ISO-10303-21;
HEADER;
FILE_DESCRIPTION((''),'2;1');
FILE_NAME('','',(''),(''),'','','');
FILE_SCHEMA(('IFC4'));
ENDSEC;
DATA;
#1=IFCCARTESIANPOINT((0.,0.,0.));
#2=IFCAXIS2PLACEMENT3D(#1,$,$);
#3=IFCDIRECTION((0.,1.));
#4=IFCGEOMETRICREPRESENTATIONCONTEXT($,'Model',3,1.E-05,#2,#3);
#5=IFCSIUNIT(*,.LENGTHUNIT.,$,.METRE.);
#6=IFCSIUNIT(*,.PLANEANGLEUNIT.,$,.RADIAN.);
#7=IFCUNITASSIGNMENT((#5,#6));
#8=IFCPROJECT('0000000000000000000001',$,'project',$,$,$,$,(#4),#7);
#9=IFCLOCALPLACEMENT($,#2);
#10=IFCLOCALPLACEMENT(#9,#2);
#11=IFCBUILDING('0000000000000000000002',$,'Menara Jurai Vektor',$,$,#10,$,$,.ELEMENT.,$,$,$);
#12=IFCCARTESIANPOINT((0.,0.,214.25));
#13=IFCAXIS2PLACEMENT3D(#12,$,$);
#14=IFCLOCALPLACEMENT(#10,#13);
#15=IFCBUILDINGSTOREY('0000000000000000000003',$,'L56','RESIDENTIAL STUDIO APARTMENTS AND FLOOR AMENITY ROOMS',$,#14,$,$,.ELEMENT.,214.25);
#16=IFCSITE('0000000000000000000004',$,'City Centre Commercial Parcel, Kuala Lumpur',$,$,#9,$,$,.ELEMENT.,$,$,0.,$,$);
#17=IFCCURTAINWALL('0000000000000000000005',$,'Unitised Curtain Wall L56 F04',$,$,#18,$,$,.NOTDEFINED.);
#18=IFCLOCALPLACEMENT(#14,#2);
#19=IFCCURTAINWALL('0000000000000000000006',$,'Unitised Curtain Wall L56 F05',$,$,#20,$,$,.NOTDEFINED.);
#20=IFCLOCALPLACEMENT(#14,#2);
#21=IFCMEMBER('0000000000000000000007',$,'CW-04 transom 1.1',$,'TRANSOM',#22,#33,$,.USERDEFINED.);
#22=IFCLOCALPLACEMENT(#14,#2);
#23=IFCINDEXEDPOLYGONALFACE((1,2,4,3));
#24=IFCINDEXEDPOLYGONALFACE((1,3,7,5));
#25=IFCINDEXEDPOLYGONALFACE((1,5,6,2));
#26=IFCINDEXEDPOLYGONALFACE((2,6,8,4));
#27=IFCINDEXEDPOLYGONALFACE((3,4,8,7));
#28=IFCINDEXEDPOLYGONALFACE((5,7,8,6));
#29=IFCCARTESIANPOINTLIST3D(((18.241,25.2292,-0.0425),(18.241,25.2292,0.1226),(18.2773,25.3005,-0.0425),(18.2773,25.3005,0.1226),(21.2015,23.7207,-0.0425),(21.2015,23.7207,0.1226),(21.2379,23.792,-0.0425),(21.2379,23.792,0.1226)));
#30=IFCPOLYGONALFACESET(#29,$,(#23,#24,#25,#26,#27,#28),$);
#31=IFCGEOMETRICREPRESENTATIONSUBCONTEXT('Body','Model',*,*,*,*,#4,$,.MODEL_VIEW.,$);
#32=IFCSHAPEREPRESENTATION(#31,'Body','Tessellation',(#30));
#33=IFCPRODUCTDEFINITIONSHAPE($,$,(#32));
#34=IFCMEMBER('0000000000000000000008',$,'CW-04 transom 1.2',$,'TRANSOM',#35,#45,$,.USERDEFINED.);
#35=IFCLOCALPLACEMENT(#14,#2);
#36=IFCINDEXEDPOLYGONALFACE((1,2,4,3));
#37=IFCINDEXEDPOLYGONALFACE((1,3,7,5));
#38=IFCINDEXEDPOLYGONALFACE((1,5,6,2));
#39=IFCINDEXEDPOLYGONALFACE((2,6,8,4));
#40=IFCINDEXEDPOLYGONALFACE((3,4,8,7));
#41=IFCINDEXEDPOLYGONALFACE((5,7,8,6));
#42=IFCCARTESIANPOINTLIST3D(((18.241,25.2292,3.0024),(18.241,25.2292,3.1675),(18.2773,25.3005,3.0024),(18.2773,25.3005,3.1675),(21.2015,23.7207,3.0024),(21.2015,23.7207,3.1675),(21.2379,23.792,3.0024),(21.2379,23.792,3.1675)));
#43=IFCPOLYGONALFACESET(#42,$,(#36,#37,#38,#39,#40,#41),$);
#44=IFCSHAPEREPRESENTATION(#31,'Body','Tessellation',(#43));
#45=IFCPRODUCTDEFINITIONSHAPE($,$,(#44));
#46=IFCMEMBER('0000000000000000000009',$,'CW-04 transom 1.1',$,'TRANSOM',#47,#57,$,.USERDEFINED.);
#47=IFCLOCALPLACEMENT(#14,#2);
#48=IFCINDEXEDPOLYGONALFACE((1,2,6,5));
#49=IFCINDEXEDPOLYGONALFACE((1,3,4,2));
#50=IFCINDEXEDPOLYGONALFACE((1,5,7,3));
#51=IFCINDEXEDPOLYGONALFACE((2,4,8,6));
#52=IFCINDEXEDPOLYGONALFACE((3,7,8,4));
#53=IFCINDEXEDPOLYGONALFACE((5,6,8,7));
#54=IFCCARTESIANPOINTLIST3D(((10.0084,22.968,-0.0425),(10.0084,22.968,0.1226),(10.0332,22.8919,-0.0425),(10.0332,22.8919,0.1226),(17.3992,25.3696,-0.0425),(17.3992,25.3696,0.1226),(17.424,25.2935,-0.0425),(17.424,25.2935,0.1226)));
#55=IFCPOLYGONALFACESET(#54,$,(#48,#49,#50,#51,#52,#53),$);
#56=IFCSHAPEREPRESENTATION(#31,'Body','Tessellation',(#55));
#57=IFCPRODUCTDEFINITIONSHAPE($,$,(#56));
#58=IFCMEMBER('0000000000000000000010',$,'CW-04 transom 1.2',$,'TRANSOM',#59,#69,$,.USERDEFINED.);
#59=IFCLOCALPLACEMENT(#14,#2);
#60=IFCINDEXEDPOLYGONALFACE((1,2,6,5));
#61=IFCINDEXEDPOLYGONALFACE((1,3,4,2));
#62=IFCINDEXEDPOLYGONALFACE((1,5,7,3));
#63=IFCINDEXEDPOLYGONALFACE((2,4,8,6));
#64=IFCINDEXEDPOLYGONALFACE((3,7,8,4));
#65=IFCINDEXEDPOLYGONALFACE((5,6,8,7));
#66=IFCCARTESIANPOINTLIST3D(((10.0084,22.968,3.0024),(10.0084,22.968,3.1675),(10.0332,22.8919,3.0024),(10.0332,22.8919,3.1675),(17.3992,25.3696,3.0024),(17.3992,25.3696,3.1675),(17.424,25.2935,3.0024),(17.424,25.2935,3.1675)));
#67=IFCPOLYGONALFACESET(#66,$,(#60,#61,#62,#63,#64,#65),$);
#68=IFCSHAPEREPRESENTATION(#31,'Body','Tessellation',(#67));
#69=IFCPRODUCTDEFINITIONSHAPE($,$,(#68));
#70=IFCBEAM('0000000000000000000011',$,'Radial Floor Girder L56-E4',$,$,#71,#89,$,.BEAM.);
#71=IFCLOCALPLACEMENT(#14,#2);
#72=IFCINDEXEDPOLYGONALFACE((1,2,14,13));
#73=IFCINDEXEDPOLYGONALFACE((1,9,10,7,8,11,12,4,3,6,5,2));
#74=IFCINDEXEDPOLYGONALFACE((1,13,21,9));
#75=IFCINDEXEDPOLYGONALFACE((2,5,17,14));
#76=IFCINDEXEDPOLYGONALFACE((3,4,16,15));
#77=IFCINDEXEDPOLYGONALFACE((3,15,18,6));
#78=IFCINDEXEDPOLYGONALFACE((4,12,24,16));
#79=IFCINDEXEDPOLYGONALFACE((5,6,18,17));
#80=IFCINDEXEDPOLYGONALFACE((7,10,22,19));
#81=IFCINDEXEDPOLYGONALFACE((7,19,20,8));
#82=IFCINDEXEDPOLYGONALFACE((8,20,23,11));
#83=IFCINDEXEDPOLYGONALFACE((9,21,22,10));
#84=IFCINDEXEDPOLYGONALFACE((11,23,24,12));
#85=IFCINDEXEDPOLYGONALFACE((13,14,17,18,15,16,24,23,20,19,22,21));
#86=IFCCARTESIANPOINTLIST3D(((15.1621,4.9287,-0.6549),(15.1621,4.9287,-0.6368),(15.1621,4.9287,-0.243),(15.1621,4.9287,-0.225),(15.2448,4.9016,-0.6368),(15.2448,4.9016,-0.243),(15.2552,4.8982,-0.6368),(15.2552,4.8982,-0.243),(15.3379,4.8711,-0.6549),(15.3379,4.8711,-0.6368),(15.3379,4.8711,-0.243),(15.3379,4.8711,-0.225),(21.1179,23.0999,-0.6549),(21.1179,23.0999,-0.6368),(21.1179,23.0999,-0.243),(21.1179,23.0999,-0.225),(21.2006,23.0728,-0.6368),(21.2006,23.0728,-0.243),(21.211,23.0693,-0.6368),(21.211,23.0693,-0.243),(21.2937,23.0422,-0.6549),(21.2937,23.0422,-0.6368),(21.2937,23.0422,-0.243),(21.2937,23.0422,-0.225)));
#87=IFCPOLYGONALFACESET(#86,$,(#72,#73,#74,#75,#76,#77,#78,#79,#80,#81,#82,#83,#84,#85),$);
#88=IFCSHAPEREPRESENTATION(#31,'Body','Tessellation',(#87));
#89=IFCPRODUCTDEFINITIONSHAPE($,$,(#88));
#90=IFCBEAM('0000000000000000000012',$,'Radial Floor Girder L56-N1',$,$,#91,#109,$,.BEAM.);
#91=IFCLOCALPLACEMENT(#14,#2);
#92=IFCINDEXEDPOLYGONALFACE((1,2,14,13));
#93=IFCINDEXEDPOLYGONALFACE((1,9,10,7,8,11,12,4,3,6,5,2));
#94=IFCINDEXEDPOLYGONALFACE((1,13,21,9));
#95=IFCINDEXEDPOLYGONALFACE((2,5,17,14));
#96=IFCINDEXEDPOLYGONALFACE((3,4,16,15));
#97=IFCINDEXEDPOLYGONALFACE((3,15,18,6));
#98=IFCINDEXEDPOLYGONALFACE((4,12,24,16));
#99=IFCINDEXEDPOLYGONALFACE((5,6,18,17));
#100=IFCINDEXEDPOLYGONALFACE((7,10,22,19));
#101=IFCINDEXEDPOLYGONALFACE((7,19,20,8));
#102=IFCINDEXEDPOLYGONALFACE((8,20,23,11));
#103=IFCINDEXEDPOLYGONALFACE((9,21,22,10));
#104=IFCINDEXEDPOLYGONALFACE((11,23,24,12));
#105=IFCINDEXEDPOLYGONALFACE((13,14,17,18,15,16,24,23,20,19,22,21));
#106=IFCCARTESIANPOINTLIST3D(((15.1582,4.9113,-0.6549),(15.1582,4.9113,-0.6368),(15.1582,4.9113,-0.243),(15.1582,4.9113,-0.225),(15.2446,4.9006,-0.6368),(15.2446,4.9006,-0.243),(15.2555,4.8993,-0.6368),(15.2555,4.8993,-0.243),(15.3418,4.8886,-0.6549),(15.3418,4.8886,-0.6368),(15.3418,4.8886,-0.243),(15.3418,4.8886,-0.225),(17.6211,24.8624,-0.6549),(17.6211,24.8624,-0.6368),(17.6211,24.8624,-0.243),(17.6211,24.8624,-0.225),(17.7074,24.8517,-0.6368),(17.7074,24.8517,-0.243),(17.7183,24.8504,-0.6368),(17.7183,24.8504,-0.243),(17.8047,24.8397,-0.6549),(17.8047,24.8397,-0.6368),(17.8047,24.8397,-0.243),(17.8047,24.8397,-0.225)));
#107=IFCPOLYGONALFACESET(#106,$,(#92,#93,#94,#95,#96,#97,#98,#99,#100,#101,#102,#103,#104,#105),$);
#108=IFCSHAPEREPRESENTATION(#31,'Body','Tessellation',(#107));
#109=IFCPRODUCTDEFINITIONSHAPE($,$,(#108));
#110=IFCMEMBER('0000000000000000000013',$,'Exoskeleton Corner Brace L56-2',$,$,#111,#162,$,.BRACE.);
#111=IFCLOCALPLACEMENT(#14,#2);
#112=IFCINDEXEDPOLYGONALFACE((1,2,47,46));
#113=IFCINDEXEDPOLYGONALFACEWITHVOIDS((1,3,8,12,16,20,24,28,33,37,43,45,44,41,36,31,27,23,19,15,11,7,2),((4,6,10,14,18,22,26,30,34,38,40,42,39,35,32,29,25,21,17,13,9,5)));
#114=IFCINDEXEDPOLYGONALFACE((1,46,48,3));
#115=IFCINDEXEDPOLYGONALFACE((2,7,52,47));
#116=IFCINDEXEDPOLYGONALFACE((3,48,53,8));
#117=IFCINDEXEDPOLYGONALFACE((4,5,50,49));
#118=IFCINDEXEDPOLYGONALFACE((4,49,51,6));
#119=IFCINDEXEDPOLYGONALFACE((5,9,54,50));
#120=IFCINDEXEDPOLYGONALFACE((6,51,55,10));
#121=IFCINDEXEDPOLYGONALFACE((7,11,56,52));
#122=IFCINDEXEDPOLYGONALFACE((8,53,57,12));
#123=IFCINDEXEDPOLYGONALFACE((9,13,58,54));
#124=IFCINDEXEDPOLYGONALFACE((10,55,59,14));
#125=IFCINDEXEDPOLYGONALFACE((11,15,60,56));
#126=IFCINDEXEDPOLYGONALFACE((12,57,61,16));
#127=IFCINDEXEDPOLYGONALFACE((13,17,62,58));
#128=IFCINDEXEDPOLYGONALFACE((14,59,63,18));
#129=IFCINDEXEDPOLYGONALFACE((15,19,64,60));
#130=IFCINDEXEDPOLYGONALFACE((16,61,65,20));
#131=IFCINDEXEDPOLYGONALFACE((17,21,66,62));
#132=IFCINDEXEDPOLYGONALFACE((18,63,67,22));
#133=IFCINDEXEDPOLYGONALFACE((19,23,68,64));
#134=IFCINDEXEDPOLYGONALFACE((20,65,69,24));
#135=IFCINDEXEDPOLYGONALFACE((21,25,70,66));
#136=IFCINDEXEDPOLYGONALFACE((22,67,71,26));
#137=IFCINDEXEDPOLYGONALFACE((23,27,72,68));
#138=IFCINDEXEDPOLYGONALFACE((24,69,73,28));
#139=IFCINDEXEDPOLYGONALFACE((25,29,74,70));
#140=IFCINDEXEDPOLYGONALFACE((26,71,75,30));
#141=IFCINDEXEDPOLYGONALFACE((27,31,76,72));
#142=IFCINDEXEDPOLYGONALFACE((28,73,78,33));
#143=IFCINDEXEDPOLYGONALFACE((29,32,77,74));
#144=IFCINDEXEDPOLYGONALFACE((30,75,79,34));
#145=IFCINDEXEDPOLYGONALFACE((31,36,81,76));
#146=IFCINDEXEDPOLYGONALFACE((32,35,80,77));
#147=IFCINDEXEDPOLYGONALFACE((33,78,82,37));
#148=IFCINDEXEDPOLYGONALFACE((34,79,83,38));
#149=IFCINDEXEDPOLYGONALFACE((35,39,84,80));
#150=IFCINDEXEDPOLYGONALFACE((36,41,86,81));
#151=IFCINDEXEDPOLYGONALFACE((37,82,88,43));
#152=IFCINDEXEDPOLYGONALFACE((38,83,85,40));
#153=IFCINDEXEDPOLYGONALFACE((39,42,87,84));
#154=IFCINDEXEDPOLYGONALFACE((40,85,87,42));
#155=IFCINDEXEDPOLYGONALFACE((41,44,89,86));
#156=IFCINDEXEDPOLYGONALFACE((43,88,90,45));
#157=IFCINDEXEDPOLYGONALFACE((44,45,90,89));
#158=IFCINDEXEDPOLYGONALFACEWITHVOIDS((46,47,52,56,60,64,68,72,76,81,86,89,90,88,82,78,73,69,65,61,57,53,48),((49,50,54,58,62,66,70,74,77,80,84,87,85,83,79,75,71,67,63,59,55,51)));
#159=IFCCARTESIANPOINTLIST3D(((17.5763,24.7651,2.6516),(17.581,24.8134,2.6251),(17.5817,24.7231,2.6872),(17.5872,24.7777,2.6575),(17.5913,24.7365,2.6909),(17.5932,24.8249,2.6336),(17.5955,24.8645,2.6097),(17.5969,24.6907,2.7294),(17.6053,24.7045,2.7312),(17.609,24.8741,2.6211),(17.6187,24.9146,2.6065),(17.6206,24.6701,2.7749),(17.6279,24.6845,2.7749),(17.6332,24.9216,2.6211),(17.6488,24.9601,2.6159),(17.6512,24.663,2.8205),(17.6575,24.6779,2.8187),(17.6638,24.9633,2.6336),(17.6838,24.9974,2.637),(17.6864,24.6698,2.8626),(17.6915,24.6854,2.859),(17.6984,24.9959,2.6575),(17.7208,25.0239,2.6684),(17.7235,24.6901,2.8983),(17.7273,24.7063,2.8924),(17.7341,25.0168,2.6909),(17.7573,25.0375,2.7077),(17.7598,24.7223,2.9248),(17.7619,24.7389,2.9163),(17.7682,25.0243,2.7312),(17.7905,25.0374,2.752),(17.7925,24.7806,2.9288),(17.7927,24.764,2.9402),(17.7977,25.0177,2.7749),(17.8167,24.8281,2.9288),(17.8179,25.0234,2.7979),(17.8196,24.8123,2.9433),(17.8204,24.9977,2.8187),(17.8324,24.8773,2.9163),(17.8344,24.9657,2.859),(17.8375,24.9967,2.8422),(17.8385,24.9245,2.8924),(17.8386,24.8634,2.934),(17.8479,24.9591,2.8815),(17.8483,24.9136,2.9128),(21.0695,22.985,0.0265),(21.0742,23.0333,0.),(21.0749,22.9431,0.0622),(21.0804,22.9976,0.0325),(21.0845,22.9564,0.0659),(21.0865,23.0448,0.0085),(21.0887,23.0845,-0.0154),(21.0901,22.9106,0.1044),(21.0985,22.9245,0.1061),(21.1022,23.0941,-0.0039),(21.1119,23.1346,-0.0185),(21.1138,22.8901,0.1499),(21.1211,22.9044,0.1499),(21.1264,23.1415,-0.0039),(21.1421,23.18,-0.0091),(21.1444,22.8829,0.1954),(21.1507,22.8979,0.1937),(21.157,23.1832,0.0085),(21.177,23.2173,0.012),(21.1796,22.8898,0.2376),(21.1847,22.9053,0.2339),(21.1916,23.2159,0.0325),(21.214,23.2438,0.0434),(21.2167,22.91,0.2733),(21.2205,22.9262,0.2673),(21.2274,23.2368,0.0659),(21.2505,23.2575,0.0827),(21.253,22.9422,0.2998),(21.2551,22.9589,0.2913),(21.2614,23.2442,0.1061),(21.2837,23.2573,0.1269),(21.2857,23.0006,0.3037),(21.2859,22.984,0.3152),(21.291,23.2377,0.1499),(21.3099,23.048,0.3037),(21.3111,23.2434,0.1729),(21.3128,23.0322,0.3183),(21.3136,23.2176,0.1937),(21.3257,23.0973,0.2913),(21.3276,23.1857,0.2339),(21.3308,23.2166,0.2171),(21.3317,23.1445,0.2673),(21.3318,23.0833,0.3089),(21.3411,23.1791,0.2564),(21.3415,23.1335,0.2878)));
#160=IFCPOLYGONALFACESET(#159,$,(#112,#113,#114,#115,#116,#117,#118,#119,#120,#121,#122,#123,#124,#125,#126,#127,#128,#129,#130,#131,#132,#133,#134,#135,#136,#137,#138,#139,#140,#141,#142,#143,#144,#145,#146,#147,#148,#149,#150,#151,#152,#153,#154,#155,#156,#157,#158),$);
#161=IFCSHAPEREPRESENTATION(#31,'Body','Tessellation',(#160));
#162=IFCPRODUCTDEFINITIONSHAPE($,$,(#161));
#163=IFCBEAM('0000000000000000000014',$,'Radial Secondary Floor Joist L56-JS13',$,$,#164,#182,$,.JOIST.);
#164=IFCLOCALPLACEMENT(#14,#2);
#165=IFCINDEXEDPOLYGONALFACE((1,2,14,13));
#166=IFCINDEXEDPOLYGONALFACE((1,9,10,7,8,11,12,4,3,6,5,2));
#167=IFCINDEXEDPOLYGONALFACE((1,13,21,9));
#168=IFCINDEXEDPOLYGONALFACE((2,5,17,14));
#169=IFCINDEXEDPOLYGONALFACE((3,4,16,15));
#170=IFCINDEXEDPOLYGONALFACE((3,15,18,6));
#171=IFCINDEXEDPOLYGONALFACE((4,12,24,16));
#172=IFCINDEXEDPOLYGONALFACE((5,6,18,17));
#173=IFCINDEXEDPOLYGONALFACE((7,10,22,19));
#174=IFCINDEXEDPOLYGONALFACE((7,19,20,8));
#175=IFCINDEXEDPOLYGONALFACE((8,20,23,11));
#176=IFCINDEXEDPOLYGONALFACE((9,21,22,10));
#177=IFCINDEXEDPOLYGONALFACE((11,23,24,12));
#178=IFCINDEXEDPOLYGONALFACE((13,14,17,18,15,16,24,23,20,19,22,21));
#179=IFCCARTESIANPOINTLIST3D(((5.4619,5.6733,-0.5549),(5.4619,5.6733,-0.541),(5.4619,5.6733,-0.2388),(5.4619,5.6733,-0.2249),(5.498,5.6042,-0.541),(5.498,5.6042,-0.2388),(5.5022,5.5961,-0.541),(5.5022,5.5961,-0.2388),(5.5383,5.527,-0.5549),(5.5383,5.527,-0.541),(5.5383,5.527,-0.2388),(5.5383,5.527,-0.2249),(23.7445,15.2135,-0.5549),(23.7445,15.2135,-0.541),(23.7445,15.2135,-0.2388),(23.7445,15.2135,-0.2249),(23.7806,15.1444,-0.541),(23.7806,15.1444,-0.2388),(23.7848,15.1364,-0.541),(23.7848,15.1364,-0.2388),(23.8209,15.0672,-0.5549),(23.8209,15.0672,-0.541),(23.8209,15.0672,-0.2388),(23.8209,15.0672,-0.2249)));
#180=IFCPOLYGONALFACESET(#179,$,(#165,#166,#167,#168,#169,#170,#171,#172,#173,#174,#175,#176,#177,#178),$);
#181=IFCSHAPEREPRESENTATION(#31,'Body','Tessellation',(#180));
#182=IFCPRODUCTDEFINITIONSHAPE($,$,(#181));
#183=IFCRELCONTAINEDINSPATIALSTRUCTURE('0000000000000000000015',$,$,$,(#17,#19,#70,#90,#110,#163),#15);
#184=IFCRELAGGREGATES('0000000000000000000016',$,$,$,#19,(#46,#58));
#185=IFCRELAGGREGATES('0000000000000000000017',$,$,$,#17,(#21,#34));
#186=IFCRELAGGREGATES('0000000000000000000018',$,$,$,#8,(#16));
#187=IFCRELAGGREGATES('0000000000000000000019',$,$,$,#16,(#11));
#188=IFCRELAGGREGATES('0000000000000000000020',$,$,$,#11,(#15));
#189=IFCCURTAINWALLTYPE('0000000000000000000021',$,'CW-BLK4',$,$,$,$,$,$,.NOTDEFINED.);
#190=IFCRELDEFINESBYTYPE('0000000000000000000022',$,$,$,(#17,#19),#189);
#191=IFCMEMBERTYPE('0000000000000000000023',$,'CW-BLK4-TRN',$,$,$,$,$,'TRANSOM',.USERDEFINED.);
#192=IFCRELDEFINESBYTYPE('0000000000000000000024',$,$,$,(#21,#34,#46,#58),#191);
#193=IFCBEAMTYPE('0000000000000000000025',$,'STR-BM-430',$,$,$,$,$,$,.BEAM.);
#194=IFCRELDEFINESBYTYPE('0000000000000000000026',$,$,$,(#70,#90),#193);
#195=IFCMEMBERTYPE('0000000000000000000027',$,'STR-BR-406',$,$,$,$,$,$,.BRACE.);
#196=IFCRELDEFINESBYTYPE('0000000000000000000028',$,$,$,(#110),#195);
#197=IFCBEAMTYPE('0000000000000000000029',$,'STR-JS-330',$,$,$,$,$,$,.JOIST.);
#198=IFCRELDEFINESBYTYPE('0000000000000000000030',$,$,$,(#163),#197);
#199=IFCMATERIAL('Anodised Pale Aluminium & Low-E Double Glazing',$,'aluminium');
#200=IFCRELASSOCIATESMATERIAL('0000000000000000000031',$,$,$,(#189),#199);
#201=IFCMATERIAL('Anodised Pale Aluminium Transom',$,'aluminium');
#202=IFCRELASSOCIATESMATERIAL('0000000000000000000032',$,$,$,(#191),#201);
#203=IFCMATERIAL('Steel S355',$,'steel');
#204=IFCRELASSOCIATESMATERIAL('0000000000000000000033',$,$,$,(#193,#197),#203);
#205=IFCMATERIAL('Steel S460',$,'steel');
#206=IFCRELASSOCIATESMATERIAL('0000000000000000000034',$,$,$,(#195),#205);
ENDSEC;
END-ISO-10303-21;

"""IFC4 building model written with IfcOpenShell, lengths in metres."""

from ifc_helpers import new_model, si_unit, direction, frame, origin, origin_2d, place, context, subcontext, project, spatial, rectangle, hollow_circle, i_section, extrude, material, material_profile, profile_set, type_object, element, aggregate, save


model = new_model("IFC4")

# Units and contexts
model_context = context("Model", 3, precision=1e-05, world=origin(), true_north=direction((0.0, 1.0)))
body_context = subcontext(model_context, "Body", "Model", "MODEL_VIEW")
ifc_project = project(units=[si_unit("LENGTHUNIT", "METRE"), si_unit("PLANEANGLEUNIT", "RADIAN")], contexts=[model_context])

# Site, building, storey
site_placement = place(None, origin())
site = spatial("IfcSite", under=ifc_project, at=site_placement, Name="City Centre Commercial Parcel, Kuala Lumpur", CompositionType="ELEMENT", RefElevation=0.0)
building_placement = place(site_placement, origin())
building = spatial("IfcBuilding", under=site, at=building_placement, Name="Menara Jurai Vektor", CompositionType="ELEMENT")
storey_placement = place(building_placement, frame((0.0, 0.0, 214.25)))
storey = spatial("IfcBuildingStorey", under=building, at=storey_placement, Name="L56", Description="RESIDENTIAL STUDIO APARTMENTS AND FLOOR AMENITY ROOMS", CompositionType="ELEMENT", Elevation=214.25)

# Shared definitions
ifc_material_1 = material(Name="Steel S460", Category="steel")

# Curtain wall
ifc_material_2 = material(Name="Anodised Pale Aluminium & Low-E Double Glazing", Category="aluminium")
curtain_wall_type = type_object("IfcCurtainWallType", Name="CW-BLK4", PredefinedType="NOTDEFINED", material=ifc_material_2)
curtain_wall_1_placement = place(storey_placement, origin())
curtain_wall_1 = element("IfcCurtainWall", 1, at=curtain_wall_1_placement, inside=storey, type_object=curtain_wall_type, Name="Unitised Curtain Wall L56 F04", PredefinedType="NOTDEFINED")

# Curtain wall
curtain_wall_2_placement = place(storey_placement, origin())
curtain_wall_2 = element("IfcCurtainWall", 2, at=curtain_wall_2_placement, inside=storey, type_object=curtain_wall_type, Name="Unitised Curtain Wall L56 F05", PredefinedType="NOTDEFINED")

# Members
ifc_material_3 = material(Name="Anodised Pale Aluminium Transom", Category="aluminium")
ifc_material_profile_1 = material_profile(ifc_material_3, rectangle(XDim=0.0801, YDim=0.165, at=origin_2d()), Name="ALU TRN 80x165")
ifc_profile_set_1 = profile_set([ifc_material_profile_1], Name="Anodised Pale Aluminium Transom")
member_type_1 = type_object("IfcMemberType", Name="CW-BLK4-TRN", ElementType="TRANSOM", PredefinedType="USERDEFINED", material=ifc_profile_set_1)
member_1_placement = place(storey_placement, frame((21.2197, 23.7563, 0.04), z_axis=(-0.891007, 0.45399, 0.0), x_axis=(-0.45399, -0.891007, 0.0)))
member_1 = element("IfcMember", 3, at=member_1_placement, type_object=member_type_1, Name="CW-04 transom 1.1", ObjectType="TRANSOM", PredefinedType="USERDEFINED", context=body_context, shape_type="SweptSolid", body=[
    extrude(rectangle(XDim=0.0801, YDim=0.165, at=origin_2d()), origin(), (0.0, 0.0, 1.0), 3.3228),
])
member_2_placement = place(storey_placement, frame((21.2197, 23.7563, 3.085), z_axis=(-0.891007, 0.45399, 0.0), x_axis=(-0.45399, -0.891007, 0.0)))
member_2 = element("IfcMember", 4, at=member_2_placement, type_object=member_type_1, Name="CW-04 transom 1.2", ObjectType="TRANSOM", PredefinedType="USERDEFINED", context=body_context, shape_type="SweptSolid", body=[
    extrude(rectangle(XDim=0.0801, YDim=0.165, at=origin_2d()), origin(), (0.0, 0.0, 1.0), 3.3228),
])
member_3_placement = place(storey_placement, frame((17.4116, 25.3315, 0.04), z_axis=(-0.95105, -0.309037, 0.0), x_axis=(0.309037, -0.95105, 0.0)))
member_3 = element("IfcMember", 5, at=member_3_placement, type_object=member_type_1, Name="CW-04 transom 1.1", ObjectType="TRANSOM", PredefinedType="USERDEFINED", context=body_context, shape_type="SweptSolid", body=[
    extrude(rectangle(XDim=0.0801, YDim=0.165, at=origin_2d()), origin(), (0.0, 0.0, 1.0), 7.7712),
])
member_4_placement = place(storey_placement, frame((17.4116, 25.3315, 3.085), z_axis=(-0.95105, -0.309037, 0.0), x_axis=(0.309037, -0.95105, 0.0)))
member_4 = element("IfcMember", 6, at=member_4_placement, type_object=member_type_1, Name="CW-04 transom 1.2", ObjectType="TRANSOM", PredefinedType="USERDEFINED", context=body_context, shape_type="SweptSolid", body=[
    extrude(rectangle(XDim=0.0801, YDim=0.165, at=origin_2d()), origin(), (0.0, 0.0, 1.0), 7.7712),
])

# Beams
ifc_material_4 = material(Name="Steel S355", Category="steel")
ifc_material_profile_2 = material_profile(ifc_material_4, i_section(OverallWidth=0.1851, OverallDepth=0.4299, WebThickness=0.011, FlangeThickness=0.0181, at=origin_2d()), Name="PG 430x185x76")
ifc_profile_set_2 = profile_set([ifc_material_profile_2], Name="Steel S355")
beam_type_1 = type_object("IfcBeamType", Name="STR-BM-430", PredefinedType="BEAM", material=ifc_profile_set_2)
beam_1_placement = place(storey_placement, frame((21.2058, 23.071, -0.4399), z_axis=(-0.311459, -0.95026, 0.0), x_axis=(0.95026, -0.311459, 0.0)))
element("IfcBeam", 7, at=beam_1_placement, inside=storey, type_object=beam_type_1, Name="Radial Floor Girder L56-E4", PredefinedType="BEAM", context=body_context, shape_type="SweptSolid", body=[
    extrude(i_section(OverallWidth=0.1851, OverallDepth=0.4299, WebThickness=0.011, FlangeThickness=0.0181, at=origin_2d()), origin(), (0.0, 0.0, 1.0), 19.1223),
])
beam_2_placement = place(storey_placement, frame((17.7129, 24.8511, -0.4399), z_axis=(-0.122516, -0.992467, 0.0), x_axis=(0.992467, -0.122516, 0.0)))
element("IfcBeam", 8, at=beam_2_placement, inside=storey, type_object=beam_type_1, Name="Radial Floor Girder L56-N1", PredefinedType="BEAM", context=body_context, shape_type="SweptSolid", body=[
    extrude(i_section(OverallWidth=0.1851, OverallDepth=0.4299, WebThickness=0.011, FlangeThickness=0.0181, at=origin_2d()), origin(), (0.0, 0.0, 1.0), 20.1025),
])

# Member
ifc_material_profile_3 = material_profile(ifc_material_1, hollow_circle(Radius=0.2031, WallThickness=0.0161, at=origin_2d()), Name="CHS 406.4x16")
ifc_profile_set_3 = profile_set([ifc_material_profile_3], Name="Steel S460")
member_type_2 = type_object("IfcMemberType", Name="STR-BR-406", PredefinedType="BRACE", material=ifc_profile_set_3)
member_5_placement = place(storey_placement, frame((21.2061, 23.071, 0.1499), z_axis=(-0.740361, 0.377269, 0.556357), x_axis=(-0.454026, -0.890989, 0.0)))
element("IfcMember", 9, at=member_5_placement, inside=storey, type_object=member_type_2, Name="Exoskeleton Corner Brace L56-2", PredefinedType="BRACE", context=body_context, shape_type="SweptSolid", body=[
    extrude(hollow_circle(Radius=0.2031, WallThickness=0.0161, at=origin_2d()), origin(), (0.0, 0.0, 1.0), 4.7183),
])

# Beam
ifc_material_profile_4 = material_profile(ifc_material_4, i_section(OverallWidth=0.165, OverallDepth=0.3301, WebThickness=0.009, FlangeThickness=0.0139, at=origin_2d()), Name="PG 330x165x46")
ifc_profile_set_4 = profile_set([ifc_material_profile_4], Name="Steel S355")
beam_type_2 = type_object("IfcBeamType", Name="STR-JS-330", PredefinedType="JOIST", material=ifc_profile_set_4)
beam_3_placement = place(storey_placement, frame((23.7827, 15.1404, -0.3899), z_axis=(-0.886556, -0.462622, 0.0), x_axis=(0.462622, -0.886556, 0.0)))
element("IfcBeam", 10, at=beam_3_placement, inside=storey, type_object=beam_type_2, Name="Radial Secondary Floor Joist L56-JS13", PredefinedType="JOIST", context=body_context, shape_type="SweptSolid", body=[
    extrude(i_section(OverallWidth=0.165, OverallDepth=0.3301, WebThickness=0.009, FlangeThickness=0.0139, at=origin_2d()), origin(), (0.0, 0.0, 1.0), 20.6221),
])

aggregate(curtain_wall_2, [member_3, member_4])
aggregate(curtain_wall_1, [member_1, member_2])

save(model, "model.ifc")
